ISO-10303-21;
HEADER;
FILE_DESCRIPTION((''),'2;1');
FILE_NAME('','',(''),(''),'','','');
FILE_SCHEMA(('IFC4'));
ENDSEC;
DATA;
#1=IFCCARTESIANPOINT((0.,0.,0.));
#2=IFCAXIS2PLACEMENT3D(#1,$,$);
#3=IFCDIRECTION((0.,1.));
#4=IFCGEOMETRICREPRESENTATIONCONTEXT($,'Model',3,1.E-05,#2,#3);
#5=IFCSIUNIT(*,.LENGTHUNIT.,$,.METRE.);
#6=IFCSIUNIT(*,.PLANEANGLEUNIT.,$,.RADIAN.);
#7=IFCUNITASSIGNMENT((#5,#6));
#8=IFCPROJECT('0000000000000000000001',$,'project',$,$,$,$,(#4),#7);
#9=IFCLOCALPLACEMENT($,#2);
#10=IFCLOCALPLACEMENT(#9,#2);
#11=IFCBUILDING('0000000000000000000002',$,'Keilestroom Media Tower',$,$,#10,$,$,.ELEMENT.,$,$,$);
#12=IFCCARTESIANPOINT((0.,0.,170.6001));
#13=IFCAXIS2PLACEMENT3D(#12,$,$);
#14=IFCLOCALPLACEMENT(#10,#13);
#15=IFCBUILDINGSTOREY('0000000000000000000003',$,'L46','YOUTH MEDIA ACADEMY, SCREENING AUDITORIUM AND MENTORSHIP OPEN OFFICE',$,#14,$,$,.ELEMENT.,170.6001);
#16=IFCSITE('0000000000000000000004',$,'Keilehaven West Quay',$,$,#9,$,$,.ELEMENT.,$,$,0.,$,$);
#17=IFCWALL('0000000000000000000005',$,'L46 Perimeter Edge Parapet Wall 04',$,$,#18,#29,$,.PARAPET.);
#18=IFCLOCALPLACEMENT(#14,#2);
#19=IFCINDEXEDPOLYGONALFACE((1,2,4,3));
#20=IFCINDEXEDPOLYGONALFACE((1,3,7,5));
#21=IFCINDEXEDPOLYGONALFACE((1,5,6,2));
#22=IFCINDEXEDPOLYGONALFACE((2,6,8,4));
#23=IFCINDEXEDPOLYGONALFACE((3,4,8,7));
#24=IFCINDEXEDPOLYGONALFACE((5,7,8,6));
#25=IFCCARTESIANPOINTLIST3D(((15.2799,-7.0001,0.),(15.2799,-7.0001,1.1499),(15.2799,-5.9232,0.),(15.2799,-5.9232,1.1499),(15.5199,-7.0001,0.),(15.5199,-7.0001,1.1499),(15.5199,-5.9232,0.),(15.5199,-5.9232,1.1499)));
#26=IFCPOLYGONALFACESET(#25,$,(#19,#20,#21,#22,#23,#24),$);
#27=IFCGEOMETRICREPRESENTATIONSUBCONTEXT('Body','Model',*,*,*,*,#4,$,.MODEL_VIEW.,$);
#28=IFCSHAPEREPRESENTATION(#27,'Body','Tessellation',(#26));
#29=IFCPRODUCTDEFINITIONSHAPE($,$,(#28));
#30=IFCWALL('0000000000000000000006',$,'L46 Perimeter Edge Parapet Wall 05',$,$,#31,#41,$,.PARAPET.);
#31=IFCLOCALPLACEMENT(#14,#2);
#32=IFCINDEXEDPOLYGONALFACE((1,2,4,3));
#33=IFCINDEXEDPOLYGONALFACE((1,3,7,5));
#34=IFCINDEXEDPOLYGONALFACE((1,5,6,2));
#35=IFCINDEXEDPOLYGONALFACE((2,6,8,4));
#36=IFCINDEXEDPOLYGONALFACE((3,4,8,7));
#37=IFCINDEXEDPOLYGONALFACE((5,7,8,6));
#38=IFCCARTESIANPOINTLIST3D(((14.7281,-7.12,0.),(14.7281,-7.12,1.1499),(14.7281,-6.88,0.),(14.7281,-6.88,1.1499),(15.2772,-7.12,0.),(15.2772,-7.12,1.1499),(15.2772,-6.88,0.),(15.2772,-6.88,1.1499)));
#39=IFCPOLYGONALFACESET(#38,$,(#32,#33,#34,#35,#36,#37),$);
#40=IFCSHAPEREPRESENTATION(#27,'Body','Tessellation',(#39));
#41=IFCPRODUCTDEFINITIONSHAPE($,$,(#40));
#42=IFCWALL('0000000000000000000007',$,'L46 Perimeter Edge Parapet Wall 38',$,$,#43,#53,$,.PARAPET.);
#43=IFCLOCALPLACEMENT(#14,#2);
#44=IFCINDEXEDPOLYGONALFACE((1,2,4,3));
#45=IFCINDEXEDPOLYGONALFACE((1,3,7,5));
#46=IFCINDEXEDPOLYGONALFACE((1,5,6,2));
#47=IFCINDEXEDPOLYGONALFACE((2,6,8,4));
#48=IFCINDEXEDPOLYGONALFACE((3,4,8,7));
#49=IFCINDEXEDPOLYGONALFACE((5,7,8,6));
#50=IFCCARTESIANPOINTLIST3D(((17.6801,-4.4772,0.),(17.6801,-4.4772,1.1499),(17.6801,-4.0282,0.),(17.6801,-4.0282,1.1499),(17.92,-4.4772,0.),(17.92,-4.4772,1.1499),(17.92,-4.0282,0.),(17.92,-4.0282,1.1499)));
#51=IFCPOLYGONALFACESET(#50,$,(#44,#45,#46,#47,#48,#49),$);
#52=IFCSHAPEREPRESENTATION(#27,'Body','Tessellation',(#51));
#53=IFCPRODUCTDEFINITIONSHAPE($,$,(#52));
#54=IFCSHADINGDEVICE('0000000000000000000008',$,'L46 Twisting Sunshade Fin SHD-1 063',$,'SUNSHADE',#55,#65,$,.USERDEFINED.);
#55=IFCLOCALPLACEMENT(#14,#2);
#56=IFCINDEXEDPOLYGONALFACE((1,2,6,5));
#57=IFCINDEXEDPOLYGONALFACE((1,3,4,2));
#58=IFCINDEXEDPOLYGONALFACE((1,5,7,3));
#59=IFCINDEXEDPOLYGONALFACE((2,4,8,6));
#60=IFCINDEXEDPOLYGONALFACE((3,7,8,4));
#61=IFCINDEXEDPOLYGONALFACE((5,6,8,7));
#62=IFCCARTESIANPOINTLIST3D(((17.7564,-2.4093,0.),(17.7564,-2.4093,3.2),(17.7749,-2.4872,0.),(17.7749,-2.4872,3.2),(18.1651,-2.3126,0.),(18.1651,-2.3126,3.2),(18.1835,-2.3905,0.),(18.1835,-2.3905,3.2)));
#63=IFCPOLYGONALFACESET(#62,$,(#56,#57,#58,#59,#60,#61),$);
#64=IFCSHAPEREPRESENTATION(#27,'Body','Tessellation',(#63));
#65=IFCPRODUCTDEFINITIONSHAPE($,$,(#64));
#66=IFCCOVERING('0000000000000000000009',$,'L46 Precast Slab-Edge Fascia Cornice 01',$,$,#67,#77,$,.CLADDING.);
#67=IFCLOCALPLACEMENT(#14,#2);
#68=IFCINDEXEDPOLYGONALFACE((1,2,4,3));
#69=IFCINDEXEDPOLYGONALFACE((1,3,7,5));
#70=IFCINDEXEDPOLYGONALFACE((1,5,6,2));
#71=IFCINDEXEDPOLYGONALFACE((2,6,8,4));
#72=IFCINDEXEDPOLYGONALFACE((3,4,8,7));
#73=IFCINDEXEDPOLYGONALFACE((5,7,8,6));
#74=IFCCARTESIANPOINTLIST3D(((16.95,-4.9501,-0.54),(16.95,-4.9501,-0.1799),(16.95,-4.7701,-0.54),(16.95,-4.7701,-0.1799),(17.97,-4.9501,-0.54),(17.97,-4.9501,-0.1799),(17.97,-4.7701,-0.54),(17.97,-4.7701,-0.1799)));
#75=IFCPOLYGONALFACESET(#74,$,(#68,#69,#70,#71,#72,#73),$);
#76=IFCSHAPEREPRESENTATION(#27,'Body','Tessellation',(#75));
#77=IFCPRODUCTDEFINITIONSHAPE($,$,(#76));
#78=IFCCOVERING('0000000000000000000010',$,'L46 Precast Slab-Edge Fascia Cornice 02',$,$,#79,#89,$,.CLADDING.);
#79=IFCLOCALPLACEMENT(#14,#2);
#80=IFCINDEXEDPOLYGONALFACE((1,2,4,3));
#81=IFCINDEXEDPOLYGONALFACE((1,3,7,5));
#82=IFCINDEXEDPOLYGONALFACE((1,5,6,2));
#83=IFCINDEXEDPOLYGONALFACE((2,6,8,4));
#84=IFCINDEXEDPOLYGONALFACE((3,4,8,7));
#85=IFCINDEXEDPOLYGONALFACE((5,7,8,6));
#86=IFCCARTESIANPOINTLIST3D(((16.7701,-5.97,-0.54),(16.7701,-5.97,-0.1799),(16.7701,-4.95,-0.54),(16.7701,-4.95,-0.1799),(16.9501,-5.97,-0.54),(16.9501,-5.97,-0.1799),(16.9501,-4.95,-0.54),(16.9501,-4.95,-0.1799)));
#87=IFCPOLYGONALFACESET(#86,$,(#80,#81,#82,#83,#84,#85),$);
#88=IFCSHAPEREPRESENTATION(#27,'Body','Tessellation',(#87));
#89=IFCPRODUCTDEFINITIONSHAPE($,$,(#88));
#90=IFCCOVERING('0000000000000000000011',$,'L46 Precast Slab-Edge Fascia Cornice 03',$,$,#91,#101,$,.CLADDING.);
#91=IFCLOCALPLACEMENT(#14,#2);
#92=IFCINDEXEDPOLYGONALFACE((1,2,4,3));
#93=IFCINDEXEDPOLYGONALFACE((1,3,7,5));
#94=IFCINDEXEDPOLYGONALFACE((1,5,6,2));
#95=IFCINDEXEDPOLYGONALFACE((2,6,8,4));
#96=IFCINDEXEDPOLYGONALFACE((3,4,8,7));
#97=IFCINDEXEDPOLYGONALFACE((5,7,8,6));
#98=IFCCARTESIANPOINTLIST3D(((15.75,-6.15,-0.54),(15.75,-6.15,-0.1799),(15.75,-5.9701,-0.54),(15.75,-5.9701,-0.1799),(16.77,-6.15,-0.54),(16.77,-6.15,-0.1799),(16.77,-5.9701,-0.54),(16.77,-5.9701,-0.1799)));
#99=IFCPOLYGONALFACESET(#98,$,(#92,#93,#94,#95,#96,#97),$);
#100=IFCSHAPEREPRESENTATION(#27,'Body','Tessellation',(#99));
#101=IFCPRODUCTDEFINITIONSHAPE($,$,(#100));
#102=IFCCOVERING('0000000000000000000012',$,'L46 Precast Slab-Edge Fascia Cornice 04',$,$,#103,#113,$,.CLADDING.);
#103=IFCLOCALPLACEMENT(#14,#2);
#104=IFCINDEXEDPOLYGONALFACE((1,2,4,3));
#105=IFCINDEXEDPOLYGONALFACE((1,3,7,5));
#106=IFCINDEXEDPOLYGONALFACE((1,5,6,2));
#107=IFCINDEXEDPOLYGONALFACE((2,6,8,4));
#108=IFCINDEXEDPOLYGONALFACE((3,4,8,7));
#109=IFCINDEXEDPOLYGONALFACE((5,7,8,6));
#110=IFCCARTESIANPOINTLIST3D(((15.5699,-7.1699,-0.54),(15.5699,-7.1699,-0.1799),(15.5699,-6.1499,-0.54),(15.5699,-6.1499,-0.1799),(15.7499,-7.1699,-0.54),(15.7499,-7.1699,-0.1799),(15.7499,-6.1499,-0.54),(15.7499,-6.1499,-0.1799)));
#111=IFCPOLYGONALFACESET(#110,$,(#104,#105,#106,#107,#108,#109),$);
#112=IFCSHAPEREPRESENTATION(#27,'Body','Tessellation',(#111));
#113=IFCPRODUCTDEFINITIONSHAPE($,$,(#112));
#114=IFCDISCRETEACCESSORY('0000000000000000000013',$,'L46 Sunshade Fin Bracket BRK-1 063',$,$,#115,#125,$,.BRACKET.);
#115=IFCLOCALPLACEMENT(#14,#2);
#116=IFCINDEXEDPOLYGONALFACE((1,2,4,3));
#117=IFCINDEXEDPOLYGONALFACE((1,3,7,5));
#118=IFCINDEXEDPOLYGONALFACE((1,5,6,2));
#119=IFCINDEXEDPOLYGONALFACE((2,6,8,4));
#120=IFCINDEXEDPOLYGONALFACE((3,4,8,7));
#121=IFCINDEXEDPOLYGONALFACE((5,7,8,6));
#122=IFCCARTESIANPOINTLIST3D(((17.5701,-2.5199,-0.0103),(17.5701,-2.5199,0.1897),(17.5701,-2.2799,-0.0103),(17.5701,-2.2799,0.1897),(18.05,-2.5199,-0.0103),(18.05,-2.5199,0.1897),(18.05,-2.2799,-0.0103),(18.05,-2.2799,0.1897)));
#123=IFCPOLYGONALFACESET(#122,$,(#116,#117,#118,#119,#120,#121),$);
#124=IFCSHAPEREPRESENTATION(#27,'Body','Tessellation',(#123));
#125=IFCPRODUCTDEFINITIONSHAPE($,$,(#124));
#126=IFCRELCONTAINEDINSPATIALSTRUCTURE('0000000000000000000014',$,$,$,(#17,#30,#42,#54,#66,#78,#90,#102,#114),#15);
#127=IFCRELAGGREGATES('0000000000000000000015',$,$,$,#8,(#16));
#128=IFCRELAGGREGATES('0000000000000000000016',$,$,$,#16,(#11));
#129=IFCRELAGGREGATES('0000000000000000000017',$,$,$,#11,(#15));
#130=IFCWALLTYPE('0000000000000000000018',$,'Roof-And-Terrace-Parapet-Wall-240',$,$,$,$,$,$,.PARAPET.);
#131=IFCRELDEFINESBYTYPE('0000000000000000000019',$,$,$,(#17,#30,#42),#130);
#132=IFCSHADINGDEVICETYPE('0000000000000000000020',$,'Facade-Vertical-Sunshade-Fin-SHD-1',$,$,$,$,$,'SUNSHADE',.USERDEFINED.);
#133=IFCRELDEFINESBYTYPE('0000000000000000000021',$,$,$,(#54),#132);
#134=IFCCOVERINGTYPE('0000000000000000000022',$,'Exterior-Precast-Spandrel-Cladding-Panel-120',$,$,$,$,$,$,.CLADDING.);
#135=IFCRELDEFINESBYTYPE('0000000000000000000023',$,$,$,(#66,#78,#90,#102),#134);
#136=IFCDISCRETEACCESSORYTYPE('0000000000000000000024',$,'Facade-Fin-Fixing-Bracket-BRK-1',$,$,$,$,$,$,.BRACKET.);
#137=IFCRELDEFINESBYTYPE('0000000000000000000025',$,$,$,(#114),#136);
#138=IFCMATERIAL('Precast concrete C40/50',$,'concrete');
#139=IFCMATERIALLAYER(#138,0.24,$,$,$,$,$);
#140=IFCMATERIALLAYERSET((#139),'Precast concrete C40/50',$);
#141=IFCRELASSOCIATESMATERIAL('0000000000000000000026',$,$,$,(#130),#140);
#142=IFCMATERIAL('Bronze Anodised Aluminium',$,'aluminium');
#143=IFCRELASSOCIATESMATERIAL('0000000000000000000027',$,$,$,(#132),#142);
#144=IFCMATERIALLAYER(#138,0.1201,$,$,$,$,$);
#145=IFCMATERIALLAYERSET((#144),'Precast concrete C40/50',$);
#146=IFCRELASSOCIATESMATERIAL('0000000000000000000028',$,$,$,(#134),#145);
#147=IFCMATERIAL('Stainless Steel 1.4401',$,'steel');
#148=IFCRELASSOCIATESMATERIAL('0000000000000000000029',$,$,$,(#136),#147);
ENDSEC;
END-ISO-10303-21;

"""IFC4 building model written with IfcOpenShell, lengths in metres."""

from ifc_helpers import new_model, si_unit, direction, frame, frame_2d, origin, origin_2d, place, context, subcontext, project, spatial, rectangle, extrude, source, transform, mapped, material, layer, layer_set, type_object, element, save


model = new_model("IFC4")

# Units and contexts
model_context = context("Model", 3, precision=1e-05, world=origin(), true_north=direction((0.0, 1.0)))
body_context = subcontext(model_context, "Body", "Model", "MODEL_VIEW")
ifc_project = project(units=[si_unit("LENGTHUNIT", "METRE"), si_unit("PLANEANGLEUNIT", "RADIAN")], contexts=[model_context])

# Site, building, storey
site_placement = place(None, origin())
site = spatial("IfcSite", under=ifc_project, at=site_placement, Name="Keilehaven West Quay", CompositionType="ELEMENT", RefElevation=0.0)
building_placement = place(site_placement, origin())
building = spatial("IfcBuilding", under=site, at=building_placement, Name="Keilestroom Media Tower", CompositionType="ELEMENT")
storey_placement = place(building_placement, frame((0.0, 0.0, 170.6001)))
storey = spatial("IfcBuildingStorey", under=building, at=storey_placement, Name="L46", Description="YOUTH MEDIA ACADEMY, SCREENING AUDITORIUM AND MENTORSHIP OPEN OFFICE", CompositionType="ELEMENT", Elevation=170.6001)

# Shared definitions
ifc_material_1 = material(Name="Precast concrete C40/50", Category="concrete")

# Walls
ifc_layer_1 = layer(ifc_material_1, 0.24)
ifc_layer_set_1 = layer_set([ifc_layer_1], Name="Precast concrete C40/50")
wall_type = type_object("IfcWallType", Name="Roof-And-Terrace-Parapet-Wall-240", PredefinedType="PARAPET", material=ifc_layer_set_1)
wall_1_placement = place(storey_placement, frame((15.3999, -5.9231, 0.0), z_axis=(0.0, 0.0, 1.0), x_axis=(0.0, -1.0, 0.0)))
element("IfcWall", 1, at=wall_1_placement, inside=storey, type_object=wall_type, Name="L46 Perimeter Edge Parapet Wall 04", PredefinedType="PARAPET", context=body_context, shape_type="SweptSolid", body=[
    extrude(rectangle(XDim=1.0769, YDim=0.24, at=frame_2d((0.5386, 0.0))), origin(), (0.0, 0.0, 1.0), 1.1499),
])
wall_2_placement = place(storey_placement, frame((15.2771, -7.0, 0.0), z_axis=(0.0, 0.0, 1.0), x_axis=(-1.0, 0.0, 0.0)))
element("IfcWall", 2, at=wall_2_placement, inside=storey, type_object=wall_type, Name="L46 Perimeter Edge Parapet Wall 05", PredefinedType="PARAPET", context=body_context, shape_type="SweptSolid", body=[
    extrude(rectangle(XDim=0.5491, YDim=0.24, at=frame_2d((0.2744, 0.0))), origin(), (0.0, 0.0, 1.0), 1.1499),
])
wall_3_placement = place(storey_placement, frame((17.8, -4.0281, 0.0), z_axis=(0.0, 0.0, 1.0), x_axis=(0.0, -1.0, 0.0)))
element("IfcWall", 3, at=wall_3_placement, inside=storey, type_object=wall_type, Name="L46 Perimeter Edge Parapet Wall 38", PredefinedType="PARAPET", context=body_context, shape_type="SweptSolid", body=[
    extrude(rectangle(XDim=0.449, YDim=0.24, at=frame_2d((0.2246, 0.0))), origin(), (0.0, 0.0, 1.0), 1.1499),
])

# Shading device
ifc_material_2 = material(Name="Bronze Anodised Aluminium", Category="aluminium")
shading_device_type = type_object("IfcShadingDeviceType", Name="Facade-Vertical-Sunshade-Fin-SHD-1", ElementType="SUNSHADE", PredefinedType="USERDEFINED", material=ifc_material_2)
shared_shape_1 = source(origin(), body_context, "Body", "SweptSolid", [
    extrude(rectangle(XDim=0.4199, YDim=0.0801, at=origin_2d()), origin(), (0.0, 0.0, 1.0), 3.2),
])
shading_device_placement = place(storey_placement, frame((17.97, -2.3999, 0.0), z_axis=(0.0, 0.0, 1.0), x_axis=(0.973099, 0.230389, 0.0)))
element("IfcShadingDevice", 4, at=shading_device_placement, inside=storey, type_object=shading_device_type, Name="L46 Twisting Sunshade Fin SHD-1 063", ObjectType="SUNSHADE", PredefinedType="USERDEFINED", context=body_context, shape_type="MappedRepresentation", body=[
    mapped(shared_shape_1, transform((0.0, 0.0, 0.0), x_axis=(1.0, 0.0, 0.0), y_axis=(0.0, 1.0, 0.0), z_axis=(0.0, 0.0, 1.0), scale=1.0)),
])

# Coverings
ifc_layer_2 = layer(ifc_material_1, 0.1201)
ifc_layer_set_2 = layer_set([ifc_layer_2], Name="Precast concrete C40/50")
covering_type = type_object("IfcCoveringType", Name="Exterior-Precast-Spandrel-Cladding-Panel-120", PredefinedType="CLADDING", material=ifc_layer_set_2)
shared_shape_2 = source(origin(), body_context, "Body", "SweptSolid", [
    extrude(rectangle(XDim=1.02, YDim=0.1799, at=origin_2d()), origin(), (0.0, 0.0, 1.0), 0.3601),
])
for number, where, z_axis, x_axis, name in (
    (5, (17.46, -4.8601, -0.54), (0.0, 0.0, 1.0), (-1.0, 0.0, 0.0), "L46 Precast Slab-Edge Fascia Cornice 01"),
    (6, (16.8601, -5.46, -0.54), (0.0, 0.0, 1.0), (0.0, -1.0, 0.0), "L46 Precast Slab-Edge Fascia Cornice 02"),
    (7, (16.26, -6.0601, -0.54), (0.0, 0.0, 1.0), (-1.0, 0.0, 0.0), "L46 Precast Slab-Edge Fascia Cornice 03"),
    (8, (15.6599, -6.6599, -0.54), (0.0, 0.0, 1.0), (0.0, -1.0, 0.0), "L46 Precast Slab-Edge Fascia Cornice 04"),
):
    element("IfcCovering", number, at=place(storey_placement, frame(where, z_axis=z_axis, x_axis=x_axis)), inside=storey, type_object=covering_type, Name=name, PredefinedType="CLADDING", context=body_context, shape_type="MappedRepresentation", body=[
        mapped(shared_shape_2, transform((0.0, 0.0, 0.0), x_axis=(1.0, 0.0, 0.0), y_axis=(0.0, 1.0, 0.0), z_axis=(0.0, 0.0, 1.0), scale=1.0)),
    ])

# Discrete accessory
ifc_material_3 = material(Name="Stainless Steel 1.4401", Category="steel")
discrete_accessory_type = type_object("IfcDiscreteAccessoryType", Name="Facade-Fin-Fixing-Bracket-BRK-1", PredefinedType="BRACKET", material=ifc_material_3)
shared_shape_3 = source(origin(), body_context, "Body", "SweptSolid", [
    extrude(rectangle(XDim=0.48, YDim=0.24, at=origin_2d()), origin(), (0.0, 0.0, 1.0), 0.2),
])
discrete_accessory_placement = place(storey_placement, frame((17.8101, -2.3999, -0.0103), z_axis=(0.0, 0.0, 1.0), x_axis=(1.0, 0.0, 0.0)))
element("IfcDiscreteAccessory", 9, at=discrete_accessory_placement, inside=storey, type_object=discrete_accessory_type, Name="L46 Sunshade Fin Bracket BRK-1 063", PredefinedType="BRACKET", context=body_context, shape_type="MappedRepresentation", body=[
    mapped(shared_shape_3, transform((0.0, 0.0, 0.0), x_axis=(1.0, 0.0, 0.0), y_axis=(0.0, 1.0, 0.0), z_axis=(0.0, 0.0, 1.0), scale=1.0)),
])

save(model, "model.ifc")
